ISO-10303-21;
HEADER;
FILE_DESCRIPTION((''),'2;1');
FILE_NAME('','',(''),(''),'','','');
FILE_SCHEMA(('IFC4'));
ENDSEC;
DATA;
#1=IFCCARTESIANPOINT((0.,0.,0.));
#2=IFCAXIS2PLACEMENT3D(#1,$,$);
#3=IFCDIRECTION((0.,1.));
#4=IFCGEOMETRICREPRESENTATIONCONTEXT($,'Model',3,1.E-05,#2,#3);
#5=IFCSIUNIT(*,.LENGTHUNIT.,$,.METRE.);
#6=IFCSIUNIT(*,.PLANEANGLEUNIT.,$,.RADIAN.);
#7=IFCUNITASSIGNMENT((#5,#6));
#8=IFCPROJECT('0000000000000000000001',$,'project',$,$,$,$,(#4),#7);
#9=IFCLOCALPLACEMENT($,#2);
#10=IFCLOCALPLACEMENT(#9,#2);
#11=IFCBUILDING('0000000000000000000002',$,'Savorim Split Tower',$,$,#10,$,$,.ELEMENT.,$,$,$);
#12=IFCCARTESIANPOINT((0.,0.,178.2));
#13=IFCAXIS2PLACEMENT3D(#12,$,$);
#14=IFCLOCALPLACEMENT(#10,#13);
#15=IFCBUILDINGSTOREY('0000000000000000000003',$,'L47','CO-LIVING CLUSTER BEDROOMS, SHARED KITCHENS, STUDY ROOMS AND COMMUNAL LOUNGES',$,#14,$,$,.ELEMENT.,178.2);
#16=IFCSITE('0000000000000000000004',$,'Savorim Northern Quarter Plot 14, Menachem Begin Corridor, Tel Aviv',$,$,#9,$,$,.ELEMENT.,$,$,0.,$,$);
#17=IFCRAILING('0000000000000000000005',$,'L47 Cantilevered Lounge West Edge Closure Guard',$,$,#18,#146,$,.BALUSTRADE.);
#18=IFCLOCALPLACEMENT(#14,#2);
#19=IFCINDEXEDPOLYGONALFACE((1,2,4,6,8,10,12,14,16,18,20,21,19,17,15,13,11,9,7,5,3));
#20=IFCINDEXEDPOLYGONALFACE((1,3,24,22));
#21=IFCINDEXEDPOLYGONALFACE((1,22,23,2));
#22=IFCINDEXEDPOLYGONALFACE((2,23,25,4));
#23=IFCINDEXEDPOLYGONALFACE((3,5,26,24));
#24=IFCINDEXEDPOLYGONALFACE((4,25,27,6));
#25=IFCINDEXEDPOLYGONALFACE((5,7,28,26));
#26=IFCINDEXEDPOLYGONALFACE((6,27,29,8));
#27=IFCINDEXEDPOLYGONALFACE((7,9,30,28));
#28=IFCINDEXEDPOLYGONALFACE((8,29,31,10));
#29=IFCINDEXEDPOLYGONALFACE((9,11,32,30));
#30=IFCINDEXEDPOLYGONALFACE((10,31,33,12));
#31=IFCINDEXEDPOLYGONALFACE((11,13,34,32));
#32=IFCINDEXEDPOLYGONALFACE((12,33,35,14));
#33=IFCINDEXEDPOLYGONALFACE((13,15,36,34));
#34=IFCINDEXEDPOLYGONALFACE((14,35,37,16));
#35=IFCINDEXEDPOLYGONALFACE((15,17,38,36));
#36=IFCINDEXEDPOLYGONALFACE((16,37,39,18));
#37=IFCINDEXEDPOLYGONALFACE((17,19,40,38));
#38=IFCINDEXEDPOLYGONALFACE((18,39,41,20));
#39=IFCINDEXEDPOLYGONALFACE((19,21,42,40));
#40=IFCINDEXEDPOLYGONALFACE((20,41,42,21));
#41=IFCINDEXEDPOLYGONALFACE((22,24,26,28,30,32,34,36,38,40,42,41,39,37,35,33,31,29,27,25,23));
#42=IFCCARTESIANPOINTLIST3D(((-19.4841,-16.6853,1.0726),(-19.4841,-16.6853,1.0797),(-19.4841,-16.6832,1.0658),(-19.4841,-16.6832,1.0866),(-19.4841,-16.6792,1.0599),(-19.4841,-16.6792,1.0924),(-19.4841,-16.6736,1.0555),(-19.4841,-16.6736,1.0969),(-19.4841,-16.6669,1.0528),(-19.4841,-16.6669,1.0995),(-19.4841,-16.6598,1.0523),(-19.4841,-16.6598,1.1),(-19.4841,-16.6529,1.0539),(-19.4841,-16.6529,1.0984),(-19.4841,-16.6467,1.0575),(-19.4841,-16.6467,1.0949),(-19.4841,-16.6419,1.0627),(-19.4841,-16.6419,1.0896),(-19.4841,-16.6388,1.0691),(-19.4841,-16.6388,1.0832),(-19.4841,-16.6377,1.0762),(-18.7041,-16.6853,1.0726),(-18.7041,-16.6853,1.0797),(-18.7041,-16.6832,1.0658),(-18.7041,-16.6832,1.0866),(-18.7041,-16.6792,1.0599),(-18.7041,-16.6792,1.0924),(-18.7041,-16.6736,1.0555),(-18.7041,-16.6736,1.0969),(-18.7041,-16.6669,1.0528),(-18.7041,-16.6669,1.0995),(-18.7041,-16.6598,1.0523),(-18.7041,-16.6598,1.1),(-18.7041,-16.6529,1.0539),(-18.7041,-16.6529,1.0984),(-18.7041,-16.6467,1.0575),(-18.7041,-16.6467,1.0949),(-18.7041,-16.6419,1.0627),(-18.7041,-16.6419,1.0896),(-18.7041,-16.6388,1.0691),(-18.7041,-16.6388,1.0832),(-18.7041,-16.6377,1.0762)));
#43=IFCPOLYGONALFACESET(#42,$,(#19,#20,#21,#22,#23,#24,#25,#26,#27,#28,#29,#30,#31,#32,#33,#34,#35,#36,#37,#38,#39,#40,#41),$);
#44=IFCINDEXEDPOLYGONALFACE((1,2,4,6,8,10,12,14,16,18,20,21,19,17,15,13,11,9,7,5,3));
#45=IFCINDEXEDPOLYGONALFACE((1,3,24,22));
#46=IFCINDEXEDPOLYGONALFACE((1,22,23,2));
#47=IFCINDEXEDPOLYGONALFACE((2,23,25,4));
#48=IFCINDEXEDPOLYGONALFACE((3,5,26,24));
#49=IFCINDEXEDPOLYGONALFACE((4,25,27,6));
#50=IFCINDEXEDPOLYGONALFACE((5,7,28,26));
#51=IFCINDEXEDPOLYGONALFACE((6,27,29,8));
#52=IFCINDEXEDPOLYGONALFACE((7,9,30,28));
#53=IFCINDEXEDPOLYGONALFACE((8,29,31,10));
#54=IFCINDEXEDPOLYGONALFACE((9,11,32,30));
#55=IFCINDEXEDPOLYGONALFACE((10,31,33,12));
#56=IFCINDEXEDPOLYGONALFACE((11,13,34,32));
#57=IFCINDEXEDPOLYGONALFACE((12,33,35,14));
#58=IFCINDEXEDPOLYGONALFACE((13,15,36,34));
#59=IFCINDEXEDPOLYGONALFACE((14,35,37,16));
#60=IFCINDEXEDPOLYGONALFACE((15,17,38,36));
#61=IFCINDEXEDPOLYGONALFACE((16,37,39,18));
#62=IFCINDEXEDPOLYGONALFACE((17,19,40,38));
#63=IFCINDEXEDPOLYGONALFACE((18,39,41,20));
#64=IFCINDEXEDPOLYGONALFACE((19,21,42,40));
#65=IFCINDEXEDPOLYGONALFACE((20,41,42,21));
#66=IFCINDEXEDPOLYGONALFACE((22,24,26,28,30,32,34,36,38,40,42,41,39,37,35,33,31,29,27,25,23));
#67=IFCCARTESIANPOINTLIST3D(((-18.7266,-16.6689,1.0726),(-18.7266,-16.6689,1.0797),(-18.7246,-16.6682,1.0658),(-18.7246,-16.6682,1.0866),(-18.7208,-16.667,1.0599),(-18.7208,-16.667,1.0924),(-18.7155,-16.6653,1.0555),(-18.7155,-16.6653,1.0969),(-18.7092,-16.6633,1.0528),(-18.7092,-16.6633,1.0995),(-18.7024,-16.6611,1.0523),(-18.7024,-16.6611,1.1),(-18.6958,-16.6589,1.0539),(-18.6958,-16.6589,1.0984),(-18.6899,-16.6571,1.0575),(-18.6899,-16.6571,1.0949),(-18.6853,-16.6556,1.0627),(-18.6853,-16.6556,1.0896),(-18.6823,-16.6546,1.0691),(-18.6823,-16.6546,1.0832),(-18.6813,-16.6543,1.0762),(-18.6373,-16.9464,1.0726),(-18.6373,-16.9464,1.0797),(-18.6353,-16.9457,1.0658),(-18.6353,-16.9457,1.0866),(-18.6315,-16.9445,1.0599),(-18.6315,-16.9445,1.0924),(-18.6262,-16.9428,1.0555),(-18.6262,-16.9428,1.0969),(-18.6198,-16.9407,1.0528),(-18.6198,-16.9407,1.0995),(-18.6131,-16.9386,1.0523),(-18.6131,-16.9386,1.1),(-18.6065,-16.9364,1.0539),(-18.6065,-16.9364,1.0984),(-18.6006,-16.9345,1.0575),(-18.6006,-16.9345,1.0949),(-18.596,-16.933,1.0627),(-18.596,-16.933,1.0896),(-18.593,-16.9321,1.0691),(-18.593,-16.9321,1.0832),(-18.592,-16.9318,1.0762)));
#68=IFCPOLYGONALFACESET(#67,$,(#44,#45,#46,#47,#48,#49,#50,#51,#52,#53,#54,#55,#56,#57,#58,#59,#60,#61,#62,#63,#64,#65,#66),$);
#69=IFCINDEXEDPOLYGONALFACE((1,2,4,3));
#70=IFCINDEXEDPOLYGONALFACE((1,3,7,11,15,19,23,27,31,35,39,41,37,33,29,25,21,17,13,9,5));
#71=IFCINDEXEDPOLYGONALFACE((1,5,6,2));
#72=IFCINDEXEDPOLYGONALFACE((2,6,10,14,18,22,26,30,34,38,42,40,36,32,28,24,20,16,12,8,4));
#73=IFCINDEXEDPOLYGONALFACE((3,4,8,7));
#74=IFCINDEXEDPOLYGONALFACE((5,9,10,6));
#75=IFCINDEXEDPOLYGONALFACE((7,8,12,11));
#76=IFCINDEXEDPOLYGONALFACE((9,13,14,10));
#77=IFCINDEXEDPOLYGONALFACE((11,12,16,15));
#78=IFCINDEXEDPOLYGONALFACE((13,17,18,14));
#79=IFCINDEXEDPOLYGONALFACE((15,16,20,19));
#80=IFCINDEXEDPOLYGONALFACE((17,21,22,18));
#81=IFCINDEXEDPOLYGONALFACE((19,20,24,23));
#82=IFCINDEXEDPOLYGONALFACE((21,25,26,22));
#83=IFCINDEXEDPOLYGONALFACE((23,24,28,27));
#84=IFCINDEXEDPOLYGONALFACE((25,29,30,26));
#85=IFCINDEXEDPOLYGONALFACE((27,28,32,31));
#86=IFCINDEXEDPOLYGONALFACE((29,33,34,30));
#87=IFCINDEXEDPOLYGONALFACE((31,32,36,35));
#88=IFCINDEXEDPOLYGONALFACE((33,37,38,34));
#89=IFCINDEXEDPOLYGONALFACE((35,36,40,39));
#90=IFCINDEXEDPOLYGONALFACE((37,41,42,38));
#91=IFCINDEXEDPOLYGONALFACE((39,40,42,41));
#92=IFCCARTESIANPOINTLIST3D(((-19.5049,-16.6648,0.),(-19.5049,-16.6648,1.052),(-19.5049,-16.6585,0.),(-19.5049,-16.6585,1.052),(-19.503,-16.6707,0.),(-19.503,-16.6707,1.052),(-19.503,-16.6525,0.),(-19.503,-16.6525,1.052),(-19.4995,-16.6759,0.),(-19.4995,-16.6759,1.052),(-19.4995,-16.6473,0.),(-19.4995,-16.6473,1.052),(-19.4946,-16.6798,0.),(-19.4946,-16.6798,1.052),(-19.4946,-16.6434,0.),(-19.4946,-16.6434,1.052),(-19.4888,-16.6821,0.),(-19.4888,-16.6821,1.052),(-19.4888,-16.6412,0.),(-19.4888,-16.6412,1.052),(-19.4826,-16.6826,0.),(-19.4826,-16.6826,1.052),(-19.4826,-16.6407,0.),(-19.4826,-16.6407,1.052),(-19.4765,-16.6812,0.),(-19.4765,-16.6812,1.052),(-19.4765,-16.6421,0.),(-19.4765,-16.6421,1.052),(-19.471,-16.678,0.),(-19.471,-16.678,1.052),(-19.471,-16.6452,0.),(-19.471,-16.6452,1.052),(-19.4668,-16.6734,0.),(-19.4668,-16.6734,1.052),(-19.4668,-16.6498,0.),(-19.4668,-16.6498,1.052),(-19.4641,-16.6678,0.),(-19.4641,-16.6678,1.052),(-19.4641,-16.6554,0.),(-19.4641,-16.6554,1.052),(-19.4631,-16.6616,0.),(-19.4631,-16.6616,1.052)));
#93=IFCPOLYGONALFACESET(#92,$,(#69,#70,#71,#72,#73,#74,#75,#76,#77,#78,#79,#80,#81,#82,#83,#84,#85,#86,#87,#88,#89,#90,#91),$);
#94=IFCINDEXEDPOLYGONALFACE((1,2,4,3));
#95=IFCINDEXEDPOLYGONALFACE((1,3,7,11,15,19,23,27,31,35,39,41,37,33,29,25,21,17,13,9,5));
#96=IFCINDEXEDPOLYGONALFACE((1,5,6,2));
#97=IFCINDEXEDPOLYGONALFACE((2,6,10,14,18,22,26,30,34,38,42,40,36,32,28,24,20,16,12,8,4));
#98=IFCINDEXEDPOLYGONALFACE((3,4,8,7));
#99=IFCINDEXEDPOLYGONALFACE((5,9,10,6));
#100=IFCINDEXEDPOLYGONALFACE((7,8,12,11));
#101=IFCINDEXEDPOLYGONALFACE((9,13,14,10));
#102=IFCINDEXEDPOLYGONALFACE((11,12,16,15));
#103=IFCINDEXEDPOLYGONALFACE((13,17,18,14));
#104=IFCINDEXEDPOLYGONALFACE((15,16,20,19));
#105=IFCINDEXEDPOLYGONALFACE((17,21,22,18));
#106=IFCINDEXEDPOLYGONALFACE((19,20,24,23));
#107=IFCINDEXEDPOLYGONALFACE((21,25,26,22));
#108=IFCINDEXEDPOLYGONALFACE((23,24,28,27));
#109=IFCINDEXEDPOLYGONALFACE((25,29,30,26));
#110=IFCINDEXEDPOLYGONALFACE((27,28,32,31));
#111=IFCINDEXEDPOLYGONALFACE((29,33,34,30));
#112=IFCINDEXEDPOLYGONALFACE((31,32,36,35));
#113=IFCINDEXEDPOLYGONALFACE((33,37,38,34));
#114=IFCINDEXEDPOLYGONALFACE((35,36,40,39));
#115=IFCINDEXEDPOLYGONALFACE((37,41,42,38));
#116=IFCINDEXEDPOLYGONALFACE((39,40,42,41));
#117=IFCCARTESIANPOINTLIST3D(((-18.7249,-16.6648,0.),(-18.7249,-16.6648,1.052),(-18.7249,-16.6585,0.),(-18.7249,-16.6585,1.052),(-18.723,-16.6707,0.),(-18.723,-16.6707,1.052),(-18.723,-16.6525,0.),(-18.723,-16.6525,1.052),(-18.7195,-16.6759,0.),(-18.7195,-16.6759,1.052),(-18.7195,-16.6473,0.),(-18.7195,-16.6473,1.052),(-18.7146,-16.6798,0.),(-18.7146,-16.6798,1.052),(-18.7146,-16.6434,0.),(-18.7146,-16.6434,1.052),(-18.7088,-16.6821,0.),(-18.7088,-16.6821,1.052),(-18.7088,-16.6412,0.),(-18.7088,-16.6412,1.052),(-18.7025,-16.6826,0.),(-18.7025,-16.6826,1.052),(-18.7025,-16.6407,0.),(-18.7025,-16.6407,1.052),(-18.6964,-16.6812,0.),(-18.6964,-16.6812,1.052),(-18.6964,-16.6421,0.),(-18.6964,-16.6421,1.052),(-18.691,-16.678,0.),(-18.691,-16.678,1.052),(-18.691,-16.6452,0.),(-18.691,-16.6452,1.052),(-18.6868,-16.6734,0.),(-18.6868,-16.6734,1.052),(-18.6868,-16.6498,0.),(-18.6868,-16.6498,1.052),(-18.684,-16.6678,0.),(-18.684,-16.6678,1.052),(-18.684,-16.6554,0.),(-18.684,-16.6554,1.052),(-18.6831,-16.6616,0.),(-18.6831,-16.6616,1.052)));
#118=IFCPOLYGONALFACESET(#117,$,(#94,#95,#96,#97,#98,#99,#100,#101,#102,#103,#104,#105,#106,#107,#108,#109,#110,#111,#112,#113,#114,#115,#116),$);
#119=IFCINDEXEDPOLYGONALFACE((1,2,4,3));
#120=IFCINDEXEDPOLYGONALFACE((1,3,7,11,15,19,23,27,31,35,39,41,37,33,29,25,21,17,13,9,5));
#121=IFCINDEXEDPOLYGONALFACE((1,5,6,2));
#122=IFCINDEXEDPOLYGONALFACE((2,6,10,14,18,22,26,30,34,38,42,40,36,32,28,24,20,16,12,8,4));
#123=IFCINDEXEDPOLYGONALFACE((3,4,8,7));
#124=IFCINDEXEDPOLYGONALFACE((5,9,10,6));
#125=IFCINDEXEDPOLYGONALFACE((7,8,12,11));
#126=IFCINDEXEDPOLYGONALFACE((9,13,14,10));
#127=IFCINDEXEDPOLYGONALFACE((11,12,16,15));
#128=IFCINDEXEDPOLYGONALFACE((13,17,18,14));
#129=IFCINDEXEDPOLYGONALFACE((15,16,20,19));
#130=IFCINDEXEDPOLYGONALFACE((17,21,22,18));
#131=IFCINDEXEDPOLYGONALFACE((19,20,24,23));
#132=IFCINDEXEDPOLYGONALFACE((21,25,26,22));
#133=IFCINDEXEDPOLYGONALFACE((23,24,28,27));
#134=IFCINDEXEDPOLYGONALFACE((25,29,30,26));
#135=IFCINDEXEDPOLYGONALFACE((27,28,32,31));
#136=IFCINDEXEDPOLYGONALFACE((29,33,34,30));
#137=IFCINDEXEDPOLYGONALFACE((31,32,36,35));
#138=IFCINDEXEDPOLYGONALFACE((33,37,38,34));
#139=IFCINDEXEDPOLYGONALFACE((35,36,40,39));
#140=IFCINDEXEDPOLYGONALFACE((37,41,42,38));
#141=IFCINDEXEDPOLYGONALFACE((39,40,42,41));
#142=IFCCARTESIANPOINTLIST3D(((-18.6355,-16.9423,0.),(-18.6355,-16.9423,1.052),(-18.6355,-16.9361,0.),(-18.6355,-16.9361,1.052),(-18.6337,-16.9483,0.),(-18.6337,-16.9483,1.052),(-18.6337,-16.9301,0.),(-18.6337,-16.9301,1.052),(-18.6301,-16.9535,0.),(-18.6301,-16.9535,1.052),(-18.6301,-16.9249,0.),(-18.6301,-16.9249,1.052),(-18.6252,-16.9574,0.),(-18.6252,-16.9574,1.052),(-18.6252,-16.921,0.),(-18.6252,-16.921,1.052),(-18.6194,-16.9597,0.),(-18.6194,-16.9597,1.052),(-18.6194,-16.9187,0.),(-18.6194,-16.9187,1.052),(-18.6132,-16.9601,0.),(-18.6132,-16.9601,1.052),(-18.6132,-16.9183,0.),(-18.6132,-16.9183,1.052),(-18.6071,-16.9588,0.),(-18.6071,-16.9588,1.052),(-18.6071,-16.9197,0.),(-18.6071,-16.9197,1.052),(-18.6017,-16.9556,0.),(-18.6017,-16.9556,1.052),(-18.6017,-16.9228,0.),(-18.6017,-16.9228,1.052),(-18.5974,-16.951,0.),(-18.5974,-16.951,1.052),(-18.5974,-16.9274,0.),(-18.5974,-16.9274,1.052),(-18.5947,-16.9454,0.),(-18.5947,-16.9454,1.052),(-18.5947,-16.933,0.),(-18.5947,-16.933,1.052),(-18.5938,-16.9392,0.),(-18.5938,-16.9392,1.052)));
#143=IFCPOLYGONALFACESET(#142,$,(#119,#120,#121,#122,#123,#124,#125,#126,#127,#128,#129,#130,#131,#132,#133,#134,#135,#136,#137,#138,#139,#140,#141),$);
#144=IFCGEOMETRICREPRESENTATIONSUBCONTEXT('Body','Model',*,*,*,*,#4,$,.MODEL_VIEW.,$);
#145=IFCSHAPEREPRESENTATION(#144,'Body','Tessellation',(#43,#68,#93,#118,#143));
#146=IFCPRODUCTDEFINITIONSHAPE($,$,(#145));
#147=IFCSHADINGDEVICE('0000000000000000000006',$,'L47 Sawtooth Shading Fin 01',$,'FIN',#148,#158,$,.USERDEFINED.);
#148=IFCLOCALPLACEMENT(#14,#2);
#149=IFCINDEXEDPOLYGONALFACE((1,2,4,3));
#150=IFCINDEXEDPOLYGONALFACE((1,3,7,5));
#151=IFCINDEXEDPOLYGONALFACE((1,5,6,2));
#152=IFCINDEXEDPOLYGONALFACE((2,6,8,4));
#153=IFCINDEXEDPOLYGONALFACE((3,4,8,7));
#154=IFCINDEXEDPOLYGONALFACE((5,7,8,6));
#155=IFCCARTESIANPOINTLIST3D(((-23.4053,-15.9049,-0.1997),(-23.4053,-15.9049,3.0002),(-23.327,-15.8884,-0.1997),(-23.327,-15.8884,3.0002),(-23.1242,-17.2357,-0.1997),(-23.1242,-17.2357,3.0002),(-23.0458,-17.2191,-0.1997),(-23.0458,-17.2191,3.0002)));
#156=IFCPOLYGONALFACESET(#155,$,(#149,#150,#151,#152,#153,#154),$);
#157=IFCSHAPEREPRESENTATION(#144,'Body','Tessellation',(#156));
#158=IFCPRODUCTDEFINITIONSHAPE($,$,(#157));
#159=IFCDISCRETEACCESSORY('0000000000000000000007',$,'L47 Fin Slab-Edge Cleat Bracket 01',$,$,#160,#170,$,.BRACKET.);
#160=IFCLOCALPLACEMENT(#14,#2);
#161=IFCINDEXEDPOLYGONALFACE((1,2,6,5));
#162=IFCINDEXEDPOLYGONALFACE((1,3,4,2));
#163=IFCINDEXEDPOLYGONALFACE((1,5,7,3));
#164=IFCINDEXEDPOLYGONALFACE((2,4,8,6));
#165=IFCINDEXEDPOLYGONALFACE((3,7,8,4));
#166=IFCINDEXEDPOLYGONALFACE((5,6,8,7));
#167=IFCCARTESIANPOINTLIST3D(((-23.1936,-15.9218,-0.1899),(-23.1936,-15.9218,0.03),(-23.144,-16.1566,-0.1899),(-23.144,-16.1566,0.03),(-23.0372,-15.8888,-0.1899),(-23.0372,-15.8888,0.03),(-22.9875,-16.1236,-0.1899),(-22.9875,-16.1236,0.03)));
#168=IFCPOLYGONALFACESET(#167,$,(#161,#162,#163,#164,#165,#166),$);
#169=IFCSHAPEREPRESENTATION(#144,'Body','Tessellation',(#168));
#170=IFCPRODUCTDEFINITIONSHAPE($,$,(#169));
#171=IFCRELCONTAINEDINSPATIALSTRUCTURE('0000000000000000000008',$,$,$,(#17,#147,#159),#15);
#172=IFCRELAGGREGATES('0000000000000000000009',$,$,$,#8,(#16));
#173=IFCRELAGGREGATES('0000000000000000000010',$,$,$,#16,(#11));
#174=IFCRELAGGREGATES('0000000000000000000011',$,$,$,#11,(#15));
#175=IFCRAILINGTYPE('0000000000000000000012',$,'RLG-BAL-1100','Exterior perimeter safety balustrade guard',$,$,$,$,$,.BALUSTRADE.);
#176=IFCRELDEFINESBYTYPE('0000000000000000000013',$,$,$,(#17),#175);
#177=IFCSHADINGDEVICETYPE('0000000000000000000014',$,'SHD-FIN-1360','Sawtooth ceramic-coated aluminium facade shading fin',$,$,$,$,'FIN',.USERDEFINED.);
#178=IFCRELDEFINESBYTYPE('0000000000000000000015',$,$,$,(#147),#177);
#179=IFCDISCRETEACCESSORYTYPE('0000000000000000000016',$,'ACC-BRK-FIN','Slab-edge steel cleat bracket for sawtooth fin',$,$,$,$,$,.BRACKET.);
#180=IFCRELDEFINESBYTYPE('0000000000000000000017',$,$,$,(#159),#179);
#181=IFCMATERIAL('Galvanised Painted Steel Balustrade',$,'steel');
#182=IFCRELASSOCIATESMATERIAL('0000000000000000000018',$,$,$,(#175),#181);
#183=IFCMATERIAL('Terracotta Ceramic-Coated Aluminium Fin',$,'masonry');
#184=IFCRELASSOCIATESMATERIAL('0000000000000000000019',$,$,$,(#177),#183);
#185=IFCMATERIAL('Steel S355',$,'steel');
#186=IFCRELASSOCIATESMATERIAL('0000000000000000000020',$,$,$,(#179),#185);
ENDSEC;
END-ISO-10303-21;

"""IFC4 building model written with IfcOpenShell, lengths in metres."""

from ifc_helpers import new_model, si_unit, direction, frame, origin, origin_2d, place, context, subcontext, project, spatial, rectangle, circle, extrude, material, type_object, element, save


model = new_model("IFC4")

# Units and contexts
model_context = context("Model", 3, precision=1e-05, world=origin(), true_north=direction((0.0, 1.0)))
body_context = subcontext(model_context, "Body", "Model", "MODEL_VIEW")
ifc_project = project(units=[si_unit("LENGTHUNIT", "METRE"), si_unit("PLANEANGLEUNIT", "RADIAN")], contexts=[model_context])

# Site, building, storey
site_placement = place(None, origin())
site = spatial("IfcSite", under=ifc_project, at=site_placement, Name="Savorim Northern Quarter Plot 14, Menachem Begin Corridor, Tel Aviv", CompositionType="ELEMENT", RefElevation=0.0)
building_placement = place(site_placement, origin())
building = spatial("IfcBuilding", under=site, at=building_placement, Name="Savorim Split Tower", CompositionType="ELEMENT")
storey_placement = place(building_placement, frame((0.0, 0.0, 178.2)))
storey = spatial("IfcBuildingStorey", under=building, at=storey_placement, Name="L47", Description="CO-LIVING CLUSTER BEDROOMS, SHARED KITCHENS, STUDY ROOMS AND COMMUNAL LOUNGES", CompositionType="ELEMENT", Elevation=178.2)

# Shared definitions
ifc_material_1 = material(Name="Steel S355", Category="steel")

# Railing
ifc_material_2 = material(Name="Galvanised Painted Steel Balustrade", Category="steel")
railing_type = type_object("IfcRailingType", Name="RLG-BAL-1100", Description="Exterior perimeter safety balustrade guard", PredefinedType="BALUSTRADE", material=ifc_material_2)
railing_placement = place(storey_placement, frame((-19.4841, -16.6616, 0.0)))
element("IfcRailing", 1, at=railing_placement, inside=storey, type_object=railing_type, Name="L47 Cantilevered Lounge West Edge Closure Guard", PredefinedType="BALUSTRADE", context=body_context, shape_type="SweptSolid", body=[
    extrude(circle(Radius=0.0239, at=origin_2d()), frame((0.0, 0.0, 1.0762), z_axis=(1.0, 0.0, 0.0), x_axis=(0.0, 1.0, 0.0)), (0.0, 0.0, 1.0), 0.78),
    extrude(circle(Radius=0.0239, at=origin_2d()), frame((0.78, 0.0, 1.0762), z_axis=(0.306416, -0.951898, 0.0), x_axis=(0.951898, 0.306416, 0.0)), (0.0, 0.0, 1.0), 0.2915),
    extrude(circle(Radius=0.021, at=origin_2d()), origin(), (0.0, 0.0, 1.0), 1.052),
    extrude(circle(Radius=0.021, at=origin_2d()), frame((0.78, 0.0, 0.0)), (0.0, 0.0, 1.0), 1.052),
    extrude(circle(Radius=0.021, at=origin_2d()), frame((0.8694, -0.2776, 0.0)), (0.0, 0.0, 1.0), 1.052),
])

# Shading device
ifc_material_3 = material(Name="Terracotta Ceramic-Coated Aluminium Fin", Category="masonry")
shading_device_type = type_object("IfcShadingDeviceType", Name="SHD-FIN-1360", Description="Sawtooth ceramic-coated aluminium facade shading fin", ElementType="FIN", PredefinedType="USERDEFINED", material=ifc_material_3)
shading_device_placement = place(storey_placement, frame((-23.2256, -16.562, -0.1997), z_axis=(0.0, 0.0, 1.0), x_axis=(0.206722, -0.9784, 0.0)))
element("IfcShadingDevice", 2, at=shading_device_placement, inside=storey, type_object=shading_device_type, Name="L47 Sawtooth Shading Fin 01", ObjectType="FIN", PredefinedType="USERDEFINED", context=body_context, shape_type="SweptSolid", body=[
    extrude(rectangle(XDim=1.3601, YDim=0.0801, at=origin_2d()), origin(), (0.0, 0.0, 1.0), 3.2),
])

# Discrete accessory
discrete_accessory_type = type_object("IfcDiscreteAccessoryType", Name="ACC-BRK-FIN", Description="Slab-edge steel cleat bracket for sawtooth fin", PredefinedType="BRACKET", material=ifc_material_1)
discrete_accessory_placement = place(storey_placement, frame((-23.0906, -16.0227, -0.1899), z_axis=(0.0, 0.0, 1.0), x_axis=(0.206722, -0.9784, 0.0)))
element("IfcDiscreteAccessory", 3, at=discrete_accessory_placement, inside=storey, type_object=discrete_accessory_type, Name="L47 Fin Slab-Edge Cleat Bracket 01", PredefinedType="BRACKET", context=body_context, shape_type="SweptSolid", body=[
    extrude(rectangle(XDim=0.24, YDim=0.1599, at=origin_2d()), origin(), (0.0, 0.0, 1.0), 0.22),
])

save(model, "model.ifc")
